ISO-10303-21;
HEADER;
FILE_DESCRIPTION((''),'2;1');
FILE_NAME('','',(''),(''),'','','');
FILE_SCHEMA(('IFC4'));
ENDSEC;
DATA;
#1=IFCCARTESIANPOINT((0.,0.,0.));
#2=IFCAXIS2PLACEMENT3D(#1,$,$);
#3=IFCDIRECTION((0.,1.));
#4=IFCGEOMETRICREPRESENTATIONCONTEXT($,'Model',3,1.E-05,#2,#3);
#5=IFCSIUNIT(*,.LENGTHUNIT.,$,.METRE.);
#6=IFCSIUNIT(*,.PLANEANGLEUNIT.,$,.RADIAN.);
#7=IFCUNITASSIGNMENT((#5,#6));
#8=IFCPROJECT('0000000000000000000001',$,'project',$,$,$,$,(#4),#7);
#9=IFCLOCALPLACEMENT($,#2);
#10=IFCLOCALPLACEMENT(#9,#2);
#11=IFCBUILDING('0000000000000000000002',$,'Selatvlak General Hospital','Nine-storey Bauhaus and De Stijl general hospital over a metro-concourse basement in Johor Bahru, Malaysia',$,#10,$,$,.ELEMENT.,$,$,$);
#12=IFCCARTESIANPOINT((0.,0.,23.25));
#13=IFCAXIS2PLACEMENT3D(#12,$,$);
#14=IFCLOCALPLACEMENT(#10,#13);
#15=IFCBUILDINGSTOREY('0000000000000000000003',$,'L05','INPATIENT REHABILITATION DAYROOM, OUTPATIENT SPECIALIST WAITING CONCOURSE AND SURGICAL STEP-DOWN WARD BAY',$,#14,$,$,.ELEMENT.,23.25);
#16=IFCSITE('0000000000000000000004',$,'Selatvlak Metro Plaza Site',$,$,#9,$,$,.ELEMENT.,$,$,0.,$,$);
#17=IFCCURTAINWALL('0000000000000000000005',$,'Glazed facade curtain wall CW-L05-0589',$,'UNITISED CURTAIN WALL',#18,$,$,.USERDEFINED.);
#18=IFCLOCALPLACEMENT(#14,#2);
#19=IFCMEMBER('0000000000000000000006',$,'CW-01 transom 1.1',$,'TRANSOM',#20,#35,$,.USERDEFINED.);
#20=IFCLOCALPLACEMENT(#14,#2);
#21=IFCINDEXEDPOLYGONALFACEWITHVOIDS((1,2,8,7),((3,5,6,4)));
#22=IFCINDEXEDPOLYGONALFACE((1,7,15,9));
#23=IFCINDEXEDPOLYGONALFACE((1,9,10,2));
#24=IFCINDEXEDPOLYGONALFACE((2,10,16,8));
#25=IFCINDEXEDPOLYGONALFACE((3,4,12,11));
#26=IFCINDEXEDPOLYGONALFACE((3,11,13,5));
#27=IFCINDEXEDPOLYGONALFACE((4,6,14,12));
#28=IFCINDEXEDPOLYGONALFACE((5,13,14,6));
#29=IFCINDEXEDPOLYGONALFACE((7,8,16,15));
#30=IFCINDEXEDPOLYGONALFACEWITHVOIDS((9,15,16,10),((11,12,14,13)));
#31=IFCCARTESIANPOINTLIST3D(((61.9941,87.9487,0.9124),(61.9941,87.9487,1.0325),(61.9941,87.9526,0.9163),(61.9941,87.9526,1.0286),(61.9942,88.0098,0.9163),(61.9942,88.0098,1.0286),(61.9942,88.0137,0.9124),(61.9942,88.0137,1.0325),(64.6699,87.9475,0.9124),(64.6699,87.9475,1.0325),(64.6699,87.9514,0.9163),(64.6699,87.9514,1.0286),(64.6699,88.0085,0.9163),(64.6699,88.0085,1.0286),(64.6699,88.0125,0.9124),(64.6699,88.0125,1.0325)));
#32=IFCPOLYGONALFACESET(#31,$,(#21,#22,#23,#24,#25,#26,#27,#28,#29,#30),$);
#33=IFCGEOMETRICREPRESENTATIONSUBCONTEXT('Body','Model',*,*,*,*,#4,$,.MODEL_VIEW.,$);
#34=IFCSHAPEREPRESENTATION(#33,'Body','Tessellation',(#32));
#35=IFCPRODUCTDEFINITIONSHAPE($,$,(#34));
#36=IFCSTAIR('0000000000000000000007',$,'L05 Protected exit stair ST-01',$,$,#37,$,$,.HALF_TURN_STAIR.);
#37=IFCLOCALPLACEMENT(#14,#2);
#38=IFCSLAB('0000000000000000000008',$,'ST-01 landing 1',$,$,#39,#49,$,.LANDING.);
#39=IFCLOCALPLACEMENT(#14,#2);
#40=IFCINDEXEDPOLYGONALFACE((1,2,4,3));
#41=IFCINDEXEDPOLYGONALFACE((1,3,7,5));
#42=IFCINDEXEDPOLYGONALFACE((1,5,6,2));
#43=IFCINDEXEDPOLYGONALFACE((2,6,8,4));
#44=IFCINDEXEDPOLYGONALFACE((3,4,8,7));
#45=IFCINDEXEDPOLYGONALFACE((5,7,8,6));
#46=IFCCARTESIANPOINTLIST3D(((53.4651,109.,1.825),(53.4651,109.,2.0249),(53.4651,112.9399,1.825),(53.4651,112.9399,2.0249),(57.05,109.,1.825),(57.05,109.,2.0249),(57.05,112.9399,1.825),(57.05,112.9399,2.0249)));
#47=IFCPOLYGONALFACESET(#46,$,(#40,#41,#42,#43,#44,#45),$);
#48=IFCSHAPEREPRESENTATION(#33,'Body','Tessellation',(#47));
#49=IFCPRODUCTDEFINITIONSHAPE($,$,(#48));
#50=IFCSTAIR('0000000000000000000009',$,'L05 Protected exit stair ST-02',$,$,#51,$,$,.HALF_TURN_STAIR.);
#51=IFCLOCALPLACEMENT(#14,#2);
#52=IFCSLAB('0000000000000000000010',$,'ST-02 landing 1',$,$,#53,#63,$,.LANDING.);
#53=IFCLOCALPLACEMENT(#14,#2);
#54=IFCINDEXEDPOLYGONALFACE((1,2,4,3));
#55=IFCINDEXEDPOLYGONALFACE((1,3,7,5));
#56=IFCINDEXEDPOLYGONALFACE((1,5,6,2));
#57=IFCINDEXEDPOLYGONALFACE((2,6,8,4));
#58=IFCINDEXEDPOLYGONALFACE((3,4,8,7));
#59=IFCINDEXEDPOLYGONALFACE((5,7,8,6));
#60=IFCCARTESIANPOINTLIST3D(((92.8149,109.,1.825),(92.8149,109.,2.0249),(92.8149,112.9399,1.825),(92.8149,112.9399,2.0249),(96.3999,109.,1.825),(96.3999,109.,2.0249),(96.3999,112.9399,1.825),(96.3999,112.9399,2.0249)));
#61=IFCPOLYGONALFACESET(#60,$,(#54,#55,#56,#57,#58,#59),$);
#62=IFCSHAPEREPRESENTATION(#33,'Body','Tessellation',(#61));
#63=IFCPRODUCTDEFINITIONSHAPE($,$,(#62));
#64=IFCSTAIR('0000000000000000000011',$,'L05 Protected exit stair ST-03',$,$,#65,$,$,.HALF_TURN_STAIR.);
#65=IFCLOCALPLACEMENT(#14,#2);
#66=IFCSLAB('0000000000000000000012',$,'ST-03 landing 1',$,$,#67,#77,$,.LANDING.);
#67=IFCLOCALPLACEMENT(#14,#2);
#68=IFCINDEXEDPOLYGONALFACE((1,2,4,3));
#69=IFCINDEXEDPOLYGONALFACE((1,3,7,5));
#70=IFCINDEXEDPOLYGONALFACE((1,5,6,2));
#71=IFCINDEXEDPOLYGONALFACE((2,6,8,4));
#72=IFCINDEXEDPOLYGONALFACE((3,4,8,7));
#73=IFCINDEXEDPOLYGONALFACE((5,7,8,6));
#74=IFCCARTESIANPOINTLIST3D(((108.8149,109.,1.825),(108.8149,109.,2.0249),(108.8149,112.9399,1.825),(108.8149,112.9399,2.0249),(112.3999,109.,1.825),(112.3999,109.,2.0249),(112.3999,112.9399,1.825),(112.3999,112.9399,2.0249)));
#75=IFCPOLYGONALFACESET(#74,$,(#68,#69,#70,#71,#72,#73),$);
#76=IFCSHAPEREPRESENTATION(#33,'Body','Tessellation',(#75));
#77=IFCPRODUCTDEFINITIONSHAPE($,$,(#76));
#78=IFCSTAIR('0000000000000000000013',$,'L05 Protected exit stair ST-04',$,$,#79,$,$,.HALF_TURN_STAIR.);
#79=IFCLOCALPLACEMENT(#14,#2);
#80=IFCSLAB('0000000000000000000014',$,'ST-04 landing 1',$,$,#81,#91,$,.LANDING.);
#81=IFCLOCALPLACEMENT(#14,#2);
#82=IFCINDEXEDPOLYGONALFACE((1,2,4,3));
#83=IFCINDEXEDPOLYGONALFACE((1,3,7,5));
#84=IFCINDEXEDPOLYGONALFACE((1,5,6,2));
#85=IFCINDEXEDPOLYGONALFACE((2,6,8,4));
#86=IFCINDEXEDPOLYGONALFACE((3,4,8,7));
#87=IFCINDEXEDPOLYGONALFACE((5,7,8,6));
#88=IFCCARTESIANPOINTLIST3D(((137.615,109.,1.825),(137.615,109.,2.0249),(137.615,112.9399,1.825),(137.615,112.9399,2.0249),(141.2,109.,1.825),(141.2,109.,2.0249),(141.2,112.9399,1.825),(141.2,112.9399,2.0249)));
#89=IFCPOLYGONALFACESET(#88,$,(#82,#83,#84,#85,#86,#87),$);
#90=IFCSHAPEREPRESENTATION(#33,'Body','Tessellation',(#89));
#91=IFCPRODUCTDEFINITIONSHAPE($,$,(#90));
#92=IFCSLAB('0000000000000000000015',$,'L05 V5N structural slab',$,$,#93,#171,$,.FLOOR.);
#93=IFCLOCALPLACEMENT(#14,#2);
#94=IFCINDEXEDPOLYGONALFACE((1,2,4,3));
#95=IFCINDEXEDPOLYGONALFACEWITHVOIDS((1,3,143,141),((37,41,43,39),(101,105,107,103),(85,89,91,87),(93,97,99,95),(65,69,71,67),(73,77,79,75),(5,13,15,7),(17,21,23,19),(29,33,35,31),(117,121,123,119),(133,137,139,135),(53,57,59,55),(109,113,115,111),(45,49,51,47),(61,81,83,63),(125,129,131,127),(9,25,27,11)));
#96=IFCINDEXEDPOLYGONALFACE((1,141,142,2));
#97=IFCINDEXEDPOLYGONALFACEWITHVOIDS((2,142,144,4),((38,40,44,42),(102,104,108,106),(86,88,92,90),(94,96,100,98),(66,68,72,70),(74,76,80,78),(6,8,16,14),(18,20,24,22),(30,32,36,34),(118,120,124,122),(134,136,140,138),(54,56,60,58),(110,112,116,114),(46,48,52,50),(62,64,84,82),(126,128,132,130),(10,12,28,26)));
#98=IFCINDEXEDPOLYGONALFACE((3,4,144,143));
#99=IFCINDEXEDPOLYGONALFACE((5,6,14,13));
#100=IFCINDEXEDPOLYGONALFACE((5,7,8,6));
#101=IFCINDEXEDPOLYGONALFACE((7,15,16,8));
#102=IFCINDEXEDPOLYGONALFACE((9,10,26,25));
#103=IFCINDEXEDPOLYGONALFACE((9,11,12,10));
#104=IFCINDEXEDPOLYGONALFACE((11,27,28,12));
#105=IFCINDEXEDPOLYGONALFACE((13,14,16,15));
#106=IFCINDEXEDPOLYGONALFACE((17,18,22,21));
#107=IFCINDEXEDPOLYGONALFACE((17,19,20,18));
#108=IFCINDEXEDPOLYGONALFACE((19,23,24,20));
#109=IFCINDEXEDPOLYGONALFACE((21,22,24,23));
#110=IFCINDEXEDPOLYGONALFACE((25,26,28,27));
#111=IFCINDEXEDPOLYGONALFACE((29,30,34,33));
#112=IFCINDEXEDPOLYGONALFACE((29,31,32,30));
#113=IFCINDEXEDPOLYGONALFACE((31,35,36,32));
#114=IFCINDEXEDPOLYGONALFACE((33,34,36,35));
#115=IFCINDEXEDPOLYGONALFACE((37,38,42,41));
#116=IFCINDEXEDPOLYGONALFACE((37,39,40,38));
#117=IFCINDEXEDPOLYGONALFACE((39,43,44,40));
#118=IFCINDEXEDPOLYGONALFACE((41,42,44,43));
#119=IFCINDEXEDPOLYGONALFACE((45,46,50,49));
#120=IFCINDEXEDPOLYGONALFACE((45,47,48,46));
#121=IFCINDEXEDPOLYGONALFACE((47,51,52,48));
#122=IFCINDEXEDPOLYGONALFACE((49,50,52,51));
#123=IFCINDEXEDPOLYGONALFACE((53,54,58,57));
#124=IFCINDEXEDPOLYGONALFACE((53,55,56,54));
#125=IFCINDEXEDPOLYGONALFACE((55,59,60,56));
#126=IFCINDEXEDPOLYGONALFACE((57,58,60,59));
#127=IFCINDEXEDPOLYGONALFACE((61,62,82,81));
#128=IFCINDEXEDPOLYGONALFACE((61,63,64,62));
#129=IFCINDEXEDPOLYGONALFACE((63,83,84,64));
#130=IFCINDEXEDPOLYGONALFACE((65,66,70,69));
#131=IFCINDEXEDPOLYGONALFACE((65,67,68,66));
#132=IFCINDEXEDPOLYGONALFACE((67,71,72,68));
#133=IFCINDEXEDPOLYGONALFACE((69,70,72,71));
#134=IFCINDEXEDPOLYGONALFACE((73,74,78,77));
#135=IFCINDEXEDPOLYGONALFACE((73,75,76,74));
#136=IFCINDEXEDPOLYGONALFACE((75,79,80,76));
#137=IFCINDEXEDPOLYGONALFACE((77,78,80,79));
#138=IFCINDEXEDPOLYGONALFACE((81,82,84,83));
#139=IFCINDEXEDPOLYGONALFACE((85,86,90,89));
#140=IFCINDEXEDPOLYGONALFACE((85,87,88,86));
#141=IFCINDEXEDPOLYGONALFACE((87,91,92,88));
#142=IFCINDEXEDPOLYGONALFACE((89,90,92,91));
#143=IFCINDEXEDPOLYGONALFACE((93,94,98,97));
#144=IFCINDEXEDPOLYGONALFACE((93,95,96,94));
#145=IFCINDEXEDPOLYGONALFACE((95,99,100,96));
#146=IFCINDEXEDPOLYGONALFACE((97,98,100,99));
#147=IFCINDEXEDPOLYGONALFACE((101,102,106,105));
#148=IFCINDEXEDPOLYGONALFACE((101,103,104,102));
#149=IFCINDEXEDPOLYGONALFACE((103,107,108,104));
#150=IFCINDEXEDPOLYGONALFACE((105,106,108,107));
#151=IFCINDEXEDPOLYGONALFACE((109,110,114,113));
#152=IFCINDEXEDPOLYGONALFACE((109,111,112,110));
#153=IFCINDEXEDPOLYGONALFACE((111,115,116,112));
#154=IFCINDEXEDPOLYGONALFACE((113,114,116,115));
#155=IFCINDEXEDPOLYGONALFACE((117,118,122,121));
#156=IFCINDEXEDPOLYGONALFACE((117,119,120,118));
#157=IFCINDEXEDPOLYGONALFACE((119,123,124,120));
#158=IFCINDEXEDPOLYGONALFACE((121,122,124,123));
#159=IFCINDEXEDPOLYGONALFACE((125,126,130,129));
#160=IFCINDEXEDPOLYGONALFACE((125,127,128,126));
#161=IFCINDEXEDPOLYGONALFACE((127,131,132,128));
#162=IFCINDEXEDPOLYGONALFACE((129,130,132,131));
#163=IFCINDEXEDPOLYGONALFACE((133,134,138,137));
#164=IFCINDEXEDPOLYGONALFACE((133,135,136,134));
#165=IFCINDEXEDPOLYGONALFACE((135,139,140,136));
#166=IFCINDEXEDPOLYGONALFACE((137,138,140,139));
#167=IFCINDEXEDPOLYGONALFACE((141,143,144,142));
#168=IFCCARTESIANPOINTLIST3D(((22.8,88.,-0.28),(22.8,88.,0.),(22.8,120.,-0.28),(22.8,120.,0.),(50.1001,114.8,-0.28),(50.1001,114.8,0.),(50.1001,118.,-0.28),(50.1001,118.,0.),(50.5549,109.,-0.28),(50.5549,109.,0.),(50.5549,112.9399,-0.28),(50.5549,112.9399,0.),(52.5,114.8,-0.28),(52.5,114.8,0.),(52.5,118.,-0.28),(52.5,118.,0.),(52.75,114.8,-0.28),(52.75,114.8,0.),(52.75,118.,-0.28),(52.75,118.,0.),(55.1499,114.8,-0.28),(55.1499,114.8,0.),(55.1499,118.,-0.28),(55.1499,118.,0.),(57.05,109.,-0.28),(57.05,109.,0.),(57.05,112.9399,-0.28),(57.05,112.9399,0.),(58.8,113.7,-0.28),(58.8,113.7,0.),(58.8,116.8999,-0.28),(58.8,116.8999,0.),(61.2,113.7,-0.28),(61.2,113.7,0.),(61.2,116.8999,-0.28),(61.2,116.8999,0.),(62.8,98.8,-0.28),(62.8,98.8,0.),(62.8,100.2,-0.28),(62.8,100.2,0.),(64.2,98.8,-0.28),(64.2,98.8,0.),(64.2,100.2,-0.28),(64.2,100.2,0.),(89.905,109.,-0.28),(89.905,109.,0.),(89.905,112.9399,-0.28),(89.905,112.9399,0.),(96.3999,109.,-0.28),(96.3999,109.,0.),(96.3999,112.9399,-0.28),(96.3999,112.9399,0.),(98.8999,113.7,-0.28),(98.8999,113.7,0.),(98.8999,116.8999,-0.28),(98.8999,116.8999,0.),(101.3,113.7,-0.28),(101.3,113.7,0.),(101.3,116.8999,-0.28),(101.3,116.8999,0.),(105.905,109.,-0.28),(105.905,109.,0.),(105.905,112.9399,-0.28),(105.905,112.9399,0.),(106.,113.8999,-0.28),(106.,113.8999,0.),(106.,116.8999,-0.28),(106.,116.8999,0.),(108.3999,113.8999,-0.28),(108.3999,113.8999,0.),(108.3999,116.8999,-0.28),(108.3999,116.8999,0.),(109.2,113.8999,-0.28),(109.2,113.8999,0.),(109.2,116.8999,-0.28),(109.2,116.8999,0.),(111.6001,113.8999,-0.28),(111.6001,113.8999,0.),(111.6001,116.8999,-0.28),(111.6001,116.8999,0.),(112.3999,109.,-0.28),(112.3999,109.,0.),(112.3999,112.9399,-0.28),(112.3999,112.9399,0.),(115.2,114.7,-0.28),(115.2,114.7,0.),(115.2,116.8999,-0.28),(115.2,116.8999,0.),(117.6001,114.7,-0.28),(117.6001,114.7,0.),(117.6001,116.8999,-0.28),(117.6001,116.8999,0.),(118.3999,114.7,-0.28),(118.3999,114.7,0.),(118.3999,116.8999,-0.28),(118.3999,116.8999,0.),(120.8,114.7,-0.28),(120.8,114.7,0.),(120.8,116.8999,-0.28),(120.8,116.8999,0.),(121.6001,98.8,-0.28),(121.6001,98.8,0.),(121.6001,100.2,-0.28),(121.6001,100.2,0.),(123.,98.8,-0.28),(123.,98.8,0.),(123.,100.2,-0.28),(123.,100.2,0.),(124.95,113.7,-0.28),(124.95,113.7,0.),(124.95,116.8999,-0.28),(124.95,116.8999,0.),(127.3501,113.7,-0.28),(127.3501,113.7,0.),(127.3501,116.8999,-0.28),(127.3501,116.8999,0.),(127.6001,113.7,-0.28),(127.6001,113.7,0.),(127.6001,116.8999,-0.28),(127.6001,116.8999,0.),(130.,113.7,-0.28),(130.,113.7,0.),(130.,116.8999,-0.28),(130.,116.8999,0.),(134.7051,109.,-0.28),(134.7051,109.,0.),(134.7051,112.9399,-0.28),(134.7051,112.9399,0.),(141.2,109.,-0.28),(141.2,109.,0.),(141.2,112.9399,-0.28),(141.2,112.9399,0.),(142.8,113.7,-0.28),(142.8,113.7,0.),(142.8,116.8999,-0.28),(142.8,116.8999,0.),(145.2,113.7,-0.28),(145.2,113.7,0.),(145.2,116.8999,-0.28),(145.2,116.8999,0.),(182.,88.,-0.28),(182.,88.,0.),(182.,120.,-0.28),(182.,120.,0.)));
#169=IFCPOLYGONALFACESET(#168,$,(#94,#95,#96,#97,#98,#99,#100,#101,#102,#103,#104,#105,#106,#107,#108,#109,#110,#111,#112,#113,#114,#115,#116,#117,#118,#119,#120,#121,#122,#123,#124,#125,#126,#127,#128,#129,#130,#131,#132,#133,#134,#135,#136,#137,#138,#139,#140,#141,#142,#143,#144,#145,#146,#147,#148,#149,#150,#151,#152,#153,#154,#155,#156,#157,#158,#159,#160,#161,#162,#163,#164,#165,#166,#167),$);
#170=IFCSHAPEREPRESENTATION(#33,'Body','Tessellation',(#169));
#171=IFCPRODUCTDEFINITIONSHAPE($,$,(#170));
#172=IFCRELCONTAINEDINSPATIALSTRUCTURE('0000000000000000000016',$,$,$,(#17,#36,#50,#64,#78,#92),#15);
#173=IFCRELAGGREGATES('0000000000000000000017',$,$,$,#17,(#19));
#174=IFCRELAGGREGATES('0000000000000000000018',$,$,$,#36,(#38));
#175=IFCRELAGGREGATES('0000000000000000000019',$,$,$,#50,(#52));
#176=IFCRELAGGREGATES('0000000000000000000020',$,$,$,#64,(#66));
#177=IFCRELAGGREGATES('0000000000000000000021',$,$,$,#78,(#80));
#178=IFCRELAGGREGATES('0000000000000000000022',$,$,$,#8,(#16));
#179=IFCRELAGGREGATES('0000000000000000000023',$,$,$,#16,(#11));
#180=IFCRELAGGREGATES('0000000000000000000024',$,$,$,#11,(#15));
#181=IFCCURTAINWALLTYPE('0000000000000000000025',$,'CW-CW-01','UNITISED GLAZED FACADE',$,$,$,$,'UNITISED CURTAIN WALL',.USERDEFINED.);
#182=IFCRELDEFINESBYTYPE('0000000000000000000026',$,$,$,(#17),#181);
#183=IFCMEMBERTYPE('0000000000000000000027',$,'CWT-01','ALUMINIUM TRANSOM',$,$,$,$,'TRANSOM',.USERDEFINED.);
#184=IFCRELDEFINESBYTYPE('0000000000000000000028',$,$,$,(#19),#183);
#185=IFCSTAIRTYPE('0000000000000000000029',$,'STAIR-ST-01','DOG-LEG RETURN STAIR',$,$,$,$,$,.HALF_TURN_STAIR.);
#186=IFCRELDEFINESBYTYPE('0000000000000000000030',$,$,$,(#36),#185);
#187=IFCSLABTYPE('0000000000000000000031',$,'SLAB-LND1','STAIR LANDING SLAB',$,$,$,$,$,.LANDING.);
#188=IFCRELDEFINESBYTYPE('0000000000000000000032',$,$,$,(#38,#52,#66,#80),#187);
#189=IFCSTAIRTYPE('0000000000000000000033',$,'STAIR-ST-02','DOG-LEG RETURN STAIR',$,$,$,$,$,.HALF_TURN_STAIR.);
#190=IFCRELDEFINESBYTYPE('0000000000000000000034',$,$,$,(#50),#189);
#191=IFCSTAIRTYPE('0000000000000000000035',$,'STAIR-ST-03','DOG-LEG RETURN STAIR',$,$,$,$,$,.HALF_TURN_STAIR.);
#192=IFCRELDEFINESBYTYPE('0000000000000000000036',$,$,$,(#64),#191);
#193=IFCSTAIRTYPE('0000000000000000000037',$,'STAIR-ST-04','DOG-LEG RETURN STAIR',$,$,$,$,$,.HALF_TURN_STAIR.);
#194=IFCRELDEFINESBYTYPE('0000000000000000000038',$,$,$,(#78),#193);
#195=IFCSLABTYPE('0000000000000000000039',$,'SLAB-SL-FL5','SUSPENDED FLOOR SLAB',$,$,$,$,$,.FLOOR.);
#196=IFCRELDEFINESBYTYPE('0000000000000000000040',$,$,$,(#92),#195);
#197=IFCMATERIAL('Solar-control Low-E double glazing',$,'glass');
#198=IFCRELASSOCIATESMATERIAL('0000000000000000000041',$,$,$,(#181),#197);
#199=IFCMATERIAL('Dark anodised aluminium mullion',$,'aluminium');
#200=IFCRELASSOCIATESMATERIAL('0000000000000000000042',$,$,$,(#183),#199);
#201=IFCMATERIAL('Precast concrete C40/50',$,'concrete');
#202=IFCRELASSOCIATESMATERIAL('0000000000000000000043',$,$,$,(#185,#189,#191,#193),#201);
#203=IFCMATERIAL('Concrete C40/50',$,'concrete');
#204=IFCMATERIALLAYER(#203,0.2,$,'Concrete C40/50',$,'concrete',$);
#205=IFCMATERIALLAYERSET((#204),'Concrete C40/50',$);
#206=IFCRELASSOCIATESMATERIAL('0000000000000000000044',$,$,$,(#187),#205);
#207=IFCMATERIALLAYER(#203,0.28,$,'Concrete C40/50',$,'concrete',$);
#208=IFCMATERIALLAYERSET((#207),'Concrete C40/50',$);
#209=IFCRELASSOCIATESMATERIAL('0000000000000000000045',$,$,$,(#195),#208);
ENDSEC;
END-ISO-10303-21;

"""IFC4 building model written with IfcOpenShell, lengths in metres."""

from ifc_helpers import new_model, si_unit, direction, frame, origin, origin_2d, place, context, subcontext, project, spatial, polyline, hollow_rectangle, outline, extrude, material, layer, layer_set, material_profile, profile_set, type_object, element, aggregate, save


model = new_model("IFC4")

# Units and contexts
model_context = context("Model", 3, precision=1e-05, world=origin(), true_north=direction((0.0, 1.0)))
body_context = subcontext(model_context, "Body", "Model", "MODEL_VIEW")
ifc_project = project(units=[si_unit("LENGTHUNIT", "METRE"), si_unit("PLANEANGLEUNIT", "RADIAN")], contexts=[model_context])

# Site, building, storey
site_placement = place(None, origin())
site = spatial("IfcSite", under=ifc_project, at=site_placement, Name="Selatvlak Metro Plaza Site", CompositionType="ELEMENT", RefElevation=0.0)
building_placement = place(site_placement, origin())
building = spatial("IfcBuilding", under=site, at=building_placement, Name="Selatvlak General Hospital", Description="Nine-storey Bauhaus and De Stijl general hospital over a metro-concourse basement in Johor Bahru, Malaysia", CompositionType="ELEMENT")
storey_placement = place(building_placement, frame((0.0, 0.0, 23.25)))
storey = spatial("IfcBuildingStorey", under=building, at=storey_placement, Name="L05", Description="INPATIENT REHABILITATION DAYROOM, OUTPATIENT SPECIALIST WAITING CONCOURSE AND SURGICAL STEP-DOWN WARD BAY", CompositionType="ELEMENT", Elevation=23.25)

# Curtain wall, member
ifc_material_1 = material(Name="Solar-control Low-E double glazing", Category="glass")
curtain_wall_type = type_object("IfcCurtainWallType", Name="CW-CW-01", Description="UNITISED GLAZED FACADE", ElementType="UNITISED CURTAIN WALL", PredefinedType="USERDEFINED", material=ifc_material_1)
curtain_wall_placement = place(storey_placement, origin())
curtain_wall = element("IfcCurtainWall", 1, at=curtain_wall_placement, inside=storey, type_object=curtain_wall_type, Name="Glazed facade curtain wall CW-L05-0589", ObjectType="UNITISED CURTAIN WALL", PredefinedType="USERDEFINED")
ifc_material_2 = material(Name="Dark anodised aluminium mullion", Category="aluminium")
ifc_material_profile = material_profile(ifc_material_2, hollow_rectangle(XDim=0.0649, YDim=0.1201, WallThickness=0.0039, at=origin_2d()), Name="AL-TRN 65x120x4")
ifc_profile_set = profile_set([ifc_material_profile], Name="Dark anodised aluminium mullion")
member_type = type_object("IfcMemberType", Name="CWT-01", Description="ALUMINIUM TRANSOM", ElementType="TRANSOM", PredefinedType="USERDEFINED", material=ifc_profile_set)
member_placement = place(storey_placement, frame((64.6699, 87.98, 0.9724), z_axis=(-1.0, 0.000456, 0.0), x_axis=(-0.000456, -1.0, 0.0)))
member = element("IfcMember", 2, at=member_placement, type_object=member_type, Name="CW-01 transom 1.1", ObjectType="TRANSOM", PredefinedType="USERDEFINED", context=body_context, shape_type="SweptSolid", body=[
    extrude(hollow_rectangle(XDim=0.0649, YDim=0.1201, WallThickness=0.0039, at=origin_2d()), origin(), (0.0, 0.0, 1.0), 2.6758),
])
aggregate(curtain_wall, [member])

# Stairs, slabs
ifc_material_3 = material(Name="Precast concrete C40/50", Category="concrete")
stair_type_1 = type_object("IfcStairType", Name="STAIR-ST-01", Description="DOG-LEG RETURN STAIR", PredefinedType="HALF_TURN_STAIR", material=ifc_material_3)
stair_1_placement = place(storey_placement, origin())
stair_1 = element("IfcStair", 3, at=stair_1_placement, inside=storey, type_object=stair_type_1, Name="L05 Protected exit stair ST-01", PredefinedType="HALF_TURN_STAIR")
ifc_material_4 = material(Name="Concrete C40/50", Category="concrete")
ifc_layer_1 = layer(ifc_material_4, 0.2, Name="Concrete C40/50", Category="concrete")
ifc_layer_set_1 = layer_set([ifc_layer_1], Name="Concrete C40/50")
slab_type_1 = type_object("IfcSlabType", Name="SLAB-LND1", Description="STAIR LANDING SLAB", PredefinedType="LANDING", material=ifc_layer_set_1)
slab_1_placement = place(storey_placement, frame((0.0, 0.0, 1.825)))
slab_1 = element("IfcSlab", 4, at=slab_1_placement, type_object=slab_type_1, Name="ST-01 landing 1", PredefinedType="LANDING", context=body_context, shape_type="SweptSolid", body=[
    extrude(outline(polyline([(53.4651, 109.0), (57.05, 109.0), (57.05, 112.9399), (53.4651, 112.9399), (53.4651, 109.0)])), origin(), (0.0, 0.0, 1.0), 0.2),
])
aggregate(stair_1, [slab_1])
stair_type_2 = type_object("IfcStairType", Name="STAIR-ST-02", Description="DOG-LEG RETURN STAIR", PredefinedType="HALF_TURN_STAIR", material=ifc_material_3)
stair_2_placement = place(storey_placement, origin())
stair_2 = element("IfcStair", 5, at=stair_2_placement, inside=storey, type_object=stair_type_2, Name="L05 Protected exit stair ST-02", PredefinedType="HALF_TURN_STAIR")
slab_2_placement = place(storey_placement, frame((0.0, 0.0, 1.825)))
slab_2 = element("IfcSlab", 6, at=slab_2_placement, type_object=slab_type_1, Name="ST-02 landing 1", PredefinedType="LANDING", context=body_context, shape_type="SweptSolid", body=[
    extrude(outline(polyline([(92.8149, 109.0), (96.3999, 109.0), (96.3999, 112.9399), (92.8149, 112.9399), (92.8149, 109.0)])), origin(), (0.0, 0.0, 1.0), 0.2),
])
aggregate(stair_2, [slab_2])
stair_type_3 = type_object("IfcStairType", Name="STAIR-ST-03", Description="DOG-LEG RETURN STAIR", PredefinedType="HALF_TURN_STAIR", material=ifc_material_3)
stair_3_placement = place(storey_placement, origin())
stair_3 = element("IfcStair", 7, at=stair_3_placement, inside=storey, type_object=stair_type_3, Name="L05 Protected exit stair ST-03", PredefinedType="HALF_TURN_STAIR")
slab_3_placement = place(storey_placement, frame((0.0, 0.0, 1.825)))
slab_3 = element("IfcSlab", 8, at=slab_3_placement, type_object=slab_type_1, Name="ST-03 landing 1", PredefinedType="LANDING", context=body_context, shape_type="SweptSolid", body=[
    extrude(outline(polyline([(108.8149, 109.0), (112.3999, 109.0), (112.3999, 112.9399), (108.8149, 112.9399), (108.8149, 109.0)])), origin(), (0.0, 0.0, 1.0), 0.2),
])
aggregate(stair_3, [slab_3])
stair_type_4 = type_object("IfcStairType", Name="STAIR-ST-04", Description="DOG-LEG RETURN STAIR", PredefinedType="HALF_TURN_STAIR", material=ifc_material_3)
stair_4_placement = place(storey_placement, origin())
stair_4 = element("IfcStair", 9, at=stair_4_placement, inside=storey, type_object=stair_type_4, Name="L05 Protected exit stair ST-04", PredefinedType="HALF_TURN_STAIR")
slab_4_placement = place(storey_placement, frame((0.0, 0.0, 1.825)))
slab_4 = element("IfcSlab", 10, at=slab_4_placement, type_object=slab_type_1, Name="ST-04 landing 1", PredefinedType="LANDING", context=body_context, shape_type="SweptSolid", body=[
    extrude(outline(polyline([(137.615, 109.0), (141.2, 109.0), (141.2, 112.9399), (137.615, 112.9399), (137.615, 109.0)])), origin(), (0.0, 0.0, 1.0), 0.2),
])
aggregate(stair_4, [slab_4])

# Slab
ifc_layer_2 = layer(ifc_material_4, 0.28, Name="Concrete C40/50", Category="concrete")
ifc_layer_set_2 = layer_set([ifc_layer_2], Name="Concrete C40/50")
slab_type_2 = type_object("IfcSlabType", Name="SLAB-SL-FL5", Description="SUSPENDED FLOOR SLAB", PredefinedType="FLOOR", material=ifc_layer_set_2)
slab_5_placement = place(storey_placement, frame((0.0, 0.0, -0.28)))
element("IfcSlab", 11, at=slab_5_placement, inside=storey, type_object=slab_type_2, Name="L05 V5N structural slab", PredefinedType="FLOOR", context=body_context, shape_type="SweptSolid", body=[
    extrude(outline(polyline([(22.8, 88.0), (22.8, 120.0), (182.0, 120.0), (182.0, 88.0), (22.8, 88.0)]), holes=[polyline([(57.05, 109.0), (57.05, 112.9399), (50.5549, 112.9399), (50.5549, 109.0), (57.05, 109.0)]), polyline([(89.905, 109.0), (96.3999, 109.0), (96.3999, 112.9399), (89.905, 112.9399), (89.905, 109.0)]), polyline([(105.905, 112.9399), (105.905, 109.0), (112.3999, 109.0), (112.3999, 112.9399), (105.905, 112.9399)]), polyline([(141.2, 112.9399), (134.7051, 112.9399), (134.7051, 109.0), (141.2, 109.0), (141.2, 112.9399)]), polyline([(61.2, 116.8999), (58.8, 116.8999), (58.8, 113.7), (61.2, 113.7), (61.2, 116.8999)]), polyline([(101.3, 113.7), (101.3, 116.8999), (98.8999, 116.8999), (98.8999, 113.7), (101.3, 113.7)]), polyline([(142.8, 113.7), (145.2, 113.7), (145.2, 116.8999), (142.8, 116.8999), (142.8, 113.7)]), polyline([(50.1001, 118.0), (50.1001, 114.8), (52.5, 114.8), (52.5, 118.0), (50.1001, 118.0)]), polyline([(55.1499, 118.0), (52.75, 118.0), (52.75, 114.8), (55.1499, 114.8), (55.1499, 118.0)]), polyline([(127.3501, 113.7), (127.3501, 116.8999), (124.95, 116.8999), (124.95, 113.7), (127.3501, 113.7)]), polyline([(127.6001, 113.7), (130.0, 113.7), (130.0, 116.8999), (127.6001, 116.8999), (127.6001, 113.7)]), polyline([(115.2, 116.8999), (115.2, 114.7), (117.6001, 114.7), (117.6001, 116.8999), (115.2, 116.8999)]), polyline([(120.8, 116.8999), (118.3999, 116.8999), (118.3999, 114.7), (120.8, 114.7), (120.8, 116.8999)]), polyline([(108.3999, 113.8999), (108.3999, 116.8999), (106.0, 116.8999), (106.0, 113.8999), (108.3999, 113.8999)]), polyline([(109.2, 113.8999), (111.6001, 113.8999), (111.6001, 116.8999), (109.2, 116.8999), (109.2, 113.8999)]), polyline([(62.8, 100.2), (62.8, 98.8), (64.2, 98.8), (64.2, 100.2), (62.8, 100.2)]), polyline([(123.0, 100.2), (121.6001, 100.2), (121.6001, 98.8), (123.0, 98.8), (123.0, 100.2)])]), origin(), (0.0, 0.0, 1.0), 0.28),
])

save(model, "model.ifc")
